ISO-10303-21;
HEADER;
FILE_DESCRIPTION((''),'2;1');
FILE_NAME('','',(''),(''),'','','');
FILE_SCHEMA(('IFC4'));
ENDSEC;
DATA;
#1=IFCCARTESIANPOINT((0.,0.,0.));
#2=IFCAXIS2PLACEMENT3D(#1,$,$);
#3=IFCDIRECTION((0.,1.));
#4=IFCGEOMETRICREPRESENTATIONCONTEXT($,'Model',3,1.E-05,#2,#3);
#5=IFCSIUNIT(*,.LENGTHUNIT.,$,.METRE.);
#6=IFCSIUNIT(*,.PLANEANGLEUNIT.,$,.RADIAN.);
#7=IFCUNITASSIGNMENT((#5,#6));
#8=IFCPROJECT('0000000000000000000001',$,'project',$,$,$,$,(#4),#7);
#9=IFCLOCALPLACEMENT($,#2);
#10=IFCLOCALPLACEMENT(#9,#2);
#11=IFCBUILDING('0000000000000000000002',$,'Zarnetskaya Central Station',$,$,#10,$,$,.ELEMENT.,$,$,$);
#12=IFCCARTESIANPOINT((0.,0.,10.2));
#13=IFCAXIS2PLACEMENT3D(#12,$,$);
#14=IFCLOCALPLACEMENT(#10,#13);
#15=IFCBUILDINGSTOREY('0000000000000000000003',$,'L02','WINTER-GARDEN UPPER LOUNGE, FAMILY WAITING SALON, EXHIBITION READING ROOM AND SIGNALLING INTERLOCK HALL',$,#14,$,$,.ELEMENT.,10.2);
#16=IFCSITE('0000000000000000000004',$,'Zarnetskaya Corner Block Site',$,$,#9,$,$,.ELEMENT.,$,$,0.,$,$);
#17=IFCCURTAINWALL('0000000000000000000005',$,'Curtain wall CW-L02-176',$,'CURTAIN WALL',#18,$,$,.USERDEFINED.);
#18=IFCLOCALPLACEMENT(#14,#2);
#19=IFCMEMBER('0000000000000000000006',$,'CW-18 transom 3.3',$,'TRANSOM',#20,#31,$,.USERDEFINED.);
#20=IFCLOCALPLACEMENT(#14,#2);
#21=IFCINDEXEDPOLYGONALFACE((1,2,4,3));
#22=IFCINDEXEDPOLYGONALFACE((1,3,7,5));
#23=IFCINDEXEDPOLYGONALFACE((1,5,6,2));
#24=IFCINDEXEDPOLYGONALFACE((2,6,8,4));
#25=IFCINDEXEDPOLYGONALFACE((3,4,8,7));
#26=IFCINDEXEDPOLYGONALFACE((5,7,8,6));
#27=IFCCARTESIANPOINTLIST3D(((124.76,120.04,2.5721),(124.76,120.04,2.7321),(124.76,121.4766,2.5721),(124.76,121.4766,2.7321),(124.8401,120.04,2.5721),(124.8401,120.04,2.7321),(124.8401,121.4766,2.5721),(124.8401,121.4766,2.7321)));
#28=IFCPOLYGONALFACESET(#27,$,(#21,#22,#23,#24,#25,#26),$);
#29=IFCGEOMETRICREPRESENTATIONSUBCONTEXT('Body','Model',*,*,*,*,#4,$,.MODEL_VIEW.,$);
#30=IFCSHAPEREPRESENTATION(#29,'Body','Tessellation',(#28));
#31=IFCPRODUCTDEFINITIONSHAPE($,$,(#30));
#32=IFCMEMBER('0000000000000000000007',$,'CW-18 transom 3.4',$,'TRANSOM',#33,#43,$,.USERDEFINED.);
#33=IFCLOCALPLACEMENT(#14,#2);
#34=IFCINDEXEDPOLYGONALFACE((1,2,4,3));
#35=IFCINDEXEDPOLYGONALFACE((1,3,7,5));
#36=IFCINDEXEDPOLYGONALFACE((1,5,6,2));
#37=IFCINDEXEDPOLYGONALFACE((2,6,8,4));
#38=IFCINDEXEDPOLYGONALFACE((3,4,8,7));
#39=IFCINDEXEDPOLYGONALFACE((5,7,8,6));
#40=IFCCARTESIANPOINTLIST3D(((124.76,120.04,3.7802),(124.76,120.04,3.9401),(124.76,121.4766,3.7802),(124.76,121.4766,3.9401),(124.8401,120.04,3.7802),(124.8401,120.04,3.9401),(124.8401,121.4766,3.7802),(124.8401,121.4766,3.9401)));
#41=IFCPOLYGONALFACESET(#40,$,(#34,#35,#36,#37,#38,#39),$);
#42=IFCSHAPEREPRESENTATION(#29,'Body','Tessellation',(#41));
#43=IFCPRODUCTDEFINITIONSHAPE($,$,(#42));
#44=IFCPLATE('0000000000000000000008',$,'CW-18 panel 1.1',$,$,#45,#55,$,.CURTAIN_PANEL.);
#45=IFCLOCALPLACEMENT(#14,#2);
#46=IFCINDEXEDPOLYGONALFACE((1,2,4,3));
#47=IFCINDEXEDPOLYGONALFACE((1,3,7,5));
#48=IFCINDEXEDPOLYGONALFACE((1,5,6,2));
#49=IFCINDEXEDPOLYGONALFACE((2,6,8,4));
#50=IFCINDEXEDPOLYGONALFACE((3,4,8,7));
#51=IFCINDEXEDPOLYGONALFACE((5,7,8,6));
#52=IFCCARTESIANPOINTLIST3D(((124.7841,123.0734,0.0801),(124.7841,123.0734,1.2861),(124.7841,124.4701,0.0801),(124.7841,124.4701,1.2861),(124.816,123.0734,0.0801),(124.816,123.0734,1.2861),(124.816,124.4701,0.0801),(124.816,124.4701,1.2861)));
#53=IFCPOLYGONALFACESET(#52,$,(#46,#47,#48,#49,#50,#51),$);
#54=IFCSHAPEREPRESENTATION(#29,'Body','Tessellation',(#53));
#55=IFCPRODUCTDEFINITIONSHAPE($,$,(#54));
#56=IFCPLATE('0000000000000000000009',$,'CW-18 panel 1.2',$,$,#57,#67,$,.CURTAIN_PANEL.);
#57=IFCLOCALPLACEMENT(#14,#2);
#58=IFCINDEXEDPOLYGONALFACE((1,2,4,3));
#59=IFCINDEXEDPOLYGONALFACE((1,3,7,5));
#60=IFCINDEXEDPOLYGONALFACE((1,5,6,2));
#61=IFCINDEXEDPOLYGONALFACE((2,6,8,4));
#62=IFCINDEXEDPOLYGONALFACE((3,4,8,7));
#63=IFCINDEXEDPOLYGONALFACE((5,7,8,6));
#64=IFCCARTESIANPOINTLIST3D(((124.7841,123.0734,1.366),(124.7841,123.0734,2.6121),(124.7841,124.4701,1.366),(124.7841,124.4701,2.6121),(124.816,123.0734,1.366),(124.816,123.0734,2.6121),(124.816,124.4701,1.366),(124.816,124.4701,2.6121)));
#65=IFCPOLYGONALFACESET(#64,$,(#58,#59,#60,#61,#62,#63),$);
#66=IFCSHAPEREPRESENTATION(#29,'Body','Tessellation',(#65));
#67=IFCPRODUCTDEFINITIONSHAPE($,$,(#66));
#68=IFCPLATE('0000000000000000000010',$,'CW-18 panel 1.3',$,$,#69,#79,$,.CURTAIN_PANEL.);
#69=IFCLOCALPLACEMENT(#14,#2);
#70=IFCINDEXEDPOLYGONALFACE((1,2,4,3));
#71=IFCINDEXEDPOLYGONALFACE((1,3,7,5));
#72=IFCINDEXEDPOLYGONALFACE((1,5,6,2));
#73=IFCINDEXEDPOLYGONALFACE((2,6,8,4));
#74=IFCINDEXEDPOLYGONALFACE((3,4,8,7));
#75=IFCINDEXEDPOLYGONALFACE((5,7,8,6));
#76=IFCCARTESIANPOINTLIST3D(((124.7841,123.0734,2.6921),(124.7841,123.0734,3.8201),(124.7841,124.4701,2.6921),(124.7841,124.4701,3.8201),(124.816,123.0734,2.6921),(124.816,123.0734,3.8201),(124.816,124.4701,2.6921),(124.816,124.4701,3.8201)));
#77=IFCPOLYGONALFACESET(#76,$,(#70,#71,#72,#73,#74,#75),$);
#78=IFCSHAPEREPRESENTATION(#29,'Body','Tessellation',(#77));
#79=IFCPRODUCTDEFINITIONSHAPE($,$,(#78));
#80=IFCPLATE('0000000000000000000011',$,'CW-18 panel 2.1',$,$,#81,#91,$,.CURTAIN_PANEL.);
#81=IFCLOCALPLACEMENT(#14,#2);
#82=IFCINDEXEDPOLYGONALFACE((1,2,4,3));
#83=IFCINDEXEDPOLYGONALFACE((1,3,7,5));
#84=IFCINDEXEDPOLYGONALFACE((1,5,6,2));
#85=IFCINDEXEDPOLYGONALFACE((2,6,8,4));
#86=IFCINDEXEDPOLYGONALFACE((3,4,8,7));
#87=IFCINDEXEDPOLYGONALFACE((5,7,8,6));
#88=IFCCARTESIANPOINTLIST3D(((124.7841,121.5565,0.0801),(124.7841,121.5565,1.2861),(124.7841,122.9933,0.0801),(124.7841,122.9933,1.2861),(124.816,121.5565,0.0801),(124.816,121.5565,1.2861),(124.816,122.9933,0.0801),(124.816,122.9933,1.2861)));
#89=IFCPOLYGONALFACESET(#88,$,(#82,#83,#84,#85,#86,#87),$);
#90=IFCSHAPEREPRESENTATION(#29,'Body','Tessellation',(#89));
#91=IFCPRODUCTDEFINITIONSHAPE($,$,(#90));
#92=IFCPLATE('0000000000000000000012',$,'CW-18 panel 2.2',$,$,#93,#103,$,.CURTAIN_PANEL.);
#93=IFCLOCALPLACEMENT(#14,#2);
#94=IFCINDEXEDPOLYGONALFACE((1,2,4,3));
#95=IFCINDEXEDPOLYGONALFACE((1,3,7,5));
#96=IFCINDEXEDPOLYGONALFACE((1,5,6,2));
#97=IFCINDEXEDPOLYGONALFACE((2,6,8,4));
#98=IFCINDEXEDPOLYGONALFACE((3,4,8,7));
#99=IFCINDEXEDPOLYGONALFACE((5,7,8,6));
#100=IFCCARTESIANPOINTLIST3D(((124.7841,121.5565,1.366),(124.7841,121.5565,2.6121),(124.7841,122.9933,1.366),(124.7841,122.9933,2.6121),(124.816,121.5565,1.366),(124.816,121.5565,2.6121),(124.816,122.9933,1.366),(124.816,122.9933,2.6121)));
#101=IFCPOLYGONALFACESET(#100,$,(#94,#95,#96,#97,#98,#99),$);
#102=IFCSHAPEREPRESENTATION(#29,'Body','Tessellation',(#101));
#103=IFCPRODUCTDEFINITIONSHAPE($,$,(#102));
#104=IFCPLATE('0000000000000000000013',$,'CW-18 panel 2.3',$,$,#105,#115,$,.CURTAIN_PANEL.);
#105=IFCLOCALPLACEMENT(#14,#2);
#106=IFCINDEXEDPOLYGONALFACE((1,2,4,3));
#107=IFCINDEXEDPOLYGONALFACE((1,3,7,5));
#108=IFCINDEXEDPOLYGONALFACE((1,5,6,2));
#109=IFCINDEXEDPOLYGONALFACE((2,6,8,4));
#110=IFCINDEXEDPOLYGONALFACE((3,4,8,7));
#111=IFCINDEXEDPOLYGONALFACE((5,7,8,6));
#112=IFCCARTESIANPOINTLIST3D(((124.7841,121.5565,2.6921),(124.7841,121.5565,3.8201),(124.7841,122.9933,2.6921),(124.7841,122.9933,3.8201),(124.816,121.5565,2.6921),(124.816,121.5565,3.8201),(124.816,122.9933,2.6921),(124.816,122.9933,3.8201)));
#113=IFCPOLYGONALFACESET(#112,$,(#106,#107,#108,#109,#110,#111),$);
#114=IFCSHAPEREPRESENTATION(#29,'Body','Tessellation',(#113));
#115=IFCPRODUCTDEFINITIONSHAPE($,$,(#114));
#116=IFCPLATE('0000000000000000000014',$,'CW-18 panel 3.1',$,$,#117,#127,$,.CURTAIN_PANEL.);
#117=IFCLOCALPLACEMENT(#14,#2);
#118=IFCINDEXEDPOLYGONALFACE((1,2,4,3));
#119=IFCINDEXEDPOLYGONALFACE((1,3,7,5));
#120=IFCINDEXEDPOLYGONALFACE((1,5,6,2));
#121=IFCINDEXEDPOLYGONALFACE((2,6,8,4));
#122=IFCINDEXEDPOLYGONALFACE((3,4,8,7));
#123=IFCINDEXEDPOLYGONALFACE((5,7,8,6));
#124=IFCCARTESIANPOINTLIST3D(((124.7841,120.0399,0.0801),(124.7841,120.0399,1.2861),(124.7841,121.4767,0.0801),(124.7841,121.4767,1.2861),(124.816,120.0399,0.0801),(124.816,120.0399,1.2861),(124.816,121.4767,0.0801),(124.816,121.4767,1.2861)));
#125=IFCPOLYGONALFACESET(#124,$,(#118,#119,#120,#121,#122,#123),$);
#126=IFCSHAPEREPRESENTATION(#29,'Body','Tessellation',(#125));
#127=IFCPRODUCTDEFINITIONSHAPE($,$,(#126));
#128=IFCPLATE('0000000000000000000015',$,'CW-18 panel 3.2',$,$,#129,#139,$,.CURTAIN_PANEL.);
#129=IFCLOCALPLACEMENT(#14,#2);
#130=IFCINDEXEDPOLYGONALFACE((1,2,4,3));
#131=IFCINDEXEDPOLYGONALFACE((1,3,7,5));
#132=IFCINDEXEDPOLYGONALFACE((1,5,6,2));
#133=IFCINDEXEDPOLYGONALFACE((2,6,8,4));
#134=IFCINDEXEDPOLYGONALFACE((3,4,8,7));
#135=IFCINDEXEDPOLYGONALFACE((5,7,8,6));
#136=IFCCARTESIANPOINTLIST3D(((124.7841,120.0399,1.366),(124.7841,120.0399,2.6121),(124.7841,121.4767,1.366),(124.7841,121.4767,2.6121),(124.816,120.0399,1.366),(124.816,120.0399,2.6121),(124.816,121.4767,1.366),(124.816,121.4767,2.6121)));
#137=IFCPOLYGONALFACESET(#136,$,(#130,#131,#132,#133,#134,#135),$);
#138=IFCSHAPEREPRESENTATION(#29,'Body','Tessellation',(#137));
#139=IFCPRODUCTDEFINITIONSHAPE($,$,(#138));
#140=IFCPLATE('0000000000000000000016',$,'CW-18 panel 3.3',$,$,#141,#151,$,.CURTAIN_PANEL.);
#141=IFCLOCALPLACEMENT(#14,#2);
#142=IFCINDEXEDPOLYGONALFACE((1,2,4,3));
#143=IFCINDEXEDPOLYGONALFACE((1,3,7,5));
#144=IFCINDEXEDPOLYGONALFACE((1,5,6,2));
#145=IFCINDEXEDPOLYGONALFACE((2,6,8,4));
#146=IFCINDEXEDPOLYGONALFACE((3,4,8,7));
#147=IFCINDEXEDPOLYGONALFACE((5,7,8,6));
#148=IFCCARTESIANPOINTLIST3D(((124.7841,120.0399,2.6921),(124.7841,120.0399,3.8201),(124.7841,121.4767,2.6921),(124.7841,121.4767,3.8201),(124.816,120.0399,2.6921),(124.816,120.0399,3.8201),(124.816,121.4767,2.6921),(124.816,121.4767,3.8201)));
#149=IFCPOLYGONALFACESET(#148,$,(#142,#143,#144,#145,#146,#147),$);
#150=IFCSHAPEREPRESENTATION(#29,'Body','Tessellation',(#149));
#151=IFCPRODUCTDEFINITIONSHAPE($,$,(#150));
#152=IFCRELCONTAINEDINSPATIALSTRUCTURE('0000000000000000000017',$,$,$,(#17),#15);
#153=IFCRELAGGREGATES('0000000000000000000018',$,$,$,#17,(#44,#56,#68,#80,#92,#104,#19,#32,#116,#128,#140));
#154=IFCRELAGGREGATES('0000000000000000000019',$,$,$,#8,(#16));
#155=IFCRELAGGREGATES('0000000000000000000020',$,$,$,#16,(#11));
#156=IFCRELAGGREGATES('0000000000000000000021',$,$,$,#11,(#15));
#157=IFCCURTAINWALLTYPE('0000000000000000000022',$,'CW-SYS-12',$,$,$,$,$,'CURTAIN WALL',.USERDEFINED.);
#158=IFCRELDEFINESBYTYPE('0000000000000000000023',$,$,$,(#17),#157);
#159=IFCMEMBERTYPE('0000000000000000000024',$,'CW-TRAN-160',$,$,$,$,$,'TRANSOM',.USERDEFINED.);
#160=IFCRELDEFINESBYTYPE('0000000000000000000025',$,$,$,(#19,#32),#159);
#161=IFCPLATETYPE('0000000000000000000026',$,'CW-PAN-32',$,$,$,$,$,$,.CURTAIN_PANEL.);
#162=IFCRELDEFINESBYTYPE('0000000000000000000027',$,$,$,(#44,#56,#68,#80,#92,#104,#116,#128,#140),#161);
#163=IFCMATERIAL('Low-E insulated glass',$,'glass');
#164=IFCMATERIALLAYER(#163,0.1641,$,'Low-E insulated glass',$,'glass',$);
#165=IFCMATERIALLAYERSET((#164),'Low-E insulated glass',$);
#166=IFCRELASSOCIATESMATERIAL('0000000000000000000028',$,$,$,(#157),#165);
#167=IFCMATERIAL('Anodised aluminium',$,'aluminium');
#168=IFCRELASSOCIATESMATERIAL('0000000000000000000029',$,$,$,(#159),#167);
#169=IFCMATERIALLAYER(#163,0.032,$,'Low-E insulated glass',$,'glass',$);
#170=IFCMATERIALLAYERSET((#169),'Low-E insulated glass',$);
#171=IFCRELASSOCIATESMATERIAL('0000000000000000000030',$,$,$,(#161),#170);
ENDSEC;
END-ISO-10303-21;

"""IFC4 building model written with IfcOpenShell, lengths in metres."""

from ifc_helpers import new_model, si_unit, direction, frame, origin, origin_2d, place, context, subcontext, project, spatial, rectangle, extrude, material, layer, layer_set, material_profile, profile_set, type_object, element, aggregate, save


model = new_model("IFC4")

# Units and contexts
model_context = context("Model", 3, precision=1e-05, world=origin(), true_north=direction((0.0, 1.0)))
body_context = subcontext(model_context, "Body", "Model", "MODEL_VIEW")
ifc_project = project(units=[si_unit("LENGTHUNIT", "METRE"), si_unit("PLANEANGLEUNIT", "RADIAN")], contexts=[model_context])

# Site, building, storey
site_placement = place(None, origin())
site = spatial("IfcSite", under=ifc_project, at=site_placement, Name="Zarnetskaya Corner Block Site", CompositionType="ELEMENT", RefElevation=0.0)
building_placement = place(site_placement, origin())
building = spatial("IfcBuilding", under=site, at=building_placement, Name="Zarnetskaya Central Station", CompositionType="ELEMENT")
storey_placement = place(building_placement, frame((0.0, 0.0, 10.2)))
storey = spatial("IfcBuildingStorey", under=building, at=storey_placement, Name="L02", Description="WINTER-GARDEN UPPER LOUNGE, FAMILY WAITING SALON, EXHIBITION READING ROOM AND SIGNALLING INTERLOCK HALL", CompositionType="ELEMENT", Elevation=10.2)

# Curtain wall, members, plates
ifc_material_1 = material(Name="Low-E insulated glass", Category="glass")
ifc_layer_1 = layer(ifc_material_1, 0.1641, Name="Low-E insulated glass", Category="glass")
ifc_layer_set_1 = layer_set([ifc_layer_1], Name="Low-E insulated glass")
curtain_wall_type = type_object("IfcCurtainWallType", Name="CW-SYS-12", ElementType="CURTAIN WALL", PredefinedType="USERDEFINED", material=ifc_layer_set_1)
curtain_wall_placement = place(storey_placement, origin())
curtain_wall = element("IfcCurtainWall", 1, at=curtain_wall_placement, inside=storey, type_object=curtain_wall_type, Name="Curtain wall CW-L02-176", ObjectType="CURTAIN WALL", PredefinedType="USERDEFINED")
ifc_material_2 = material(Name="Anodised aluminium", Category="aluminium")
ifc_material_profile_1 = material_profile(ifc_material_2, rectangle(XDim=0.0801, YDim=0.1599, at=origin_2d()), Name="ALU TRAN 80x160")
ifc_profile_set_1 = profile_set([ifc_material_profile_1], Name="Anodised aluminium")
member_type_1 = type_object("IfcMemberType", Name="CW-TRAN-160", ElementType="TRANSOM", PredefinedType="USERDEFINED", material=ifc_profile_set_1)
member_1_placement = place(storey_placement, frame((124.8, 121.4766, 2.6521), z_axis=(0.0, -1.0, 0.0), x_axis=(1.0, 0.0, 0.0)))
member_1 = element("IfcMember", 2, at=member_1_placement, type_object=member_type_1, Name="CW-18 transom 3.3", ObjectType="TRANSOM", PredefinedType="USERDEFINED", context=body_context, shape_type="SweptSolid", body=[
    extrude(rectangle(XDim=0.0801, YDim=0.1599, at=origin_2d()), origin(), (0.0, 0.0, 1.0), 1.4365),
])
member_2_placement = place(storey_placement, frame((124.8, 121.4766, 3.8601), z_axis=(0.0, -1.0, 0.0), x_axis=(1.0, 0.0, 0.0)))
member_2 = element("IfcMember", 3, at=member_2_placement, type_object=member_type_1, Name="CW-18 transom 3.4", ObjectType="TRANSOM", PredefinedType="USERDEFINED", context=body_context, shape_type="SweptSolid", body=[
    extrude(rectangle(XDim=0.0801, YDim=0.1599, at=origin_2d()), origin(), (0.0, 0.0, 1.0), 1.4365),
])
ifc_layer_2 = layer(ifc_material_1, 0.032, Name="Low-E insulated glass", Category="glass")
ifc_layer_set_2 = layer_set([ifc_layer_2], Name="Low-E insulated glass")
plate_type = type_object("IfcPlateType", Name="CW-PAN-32", PredefinedType="CURTAIN_PANEL", material=ifc_layer_set_2)
plate_1_placement = place(storey_placement, frame((124.8, 123.7717, 0.0801), z_axis=(0.0, 0.0, 1.0), x_axis=(0.0, -1.0, 0.0)))
plate_1 = element("IfcPlate", 4, at=plate_1_placement, type_object=plate_type, Name="CW-18 panel 1.1", PredefinedType="CURTAIN_PANEL", context=body_context, shape_type="SweptSolid", body=[
    extrude(rectangle(XDim=1.3967, YDim=0.032, at=origin_2d()), origin(), (0.0, 0.0, 1.0), 1.2061),
])
plate_2_placement = place(storey_placement, frame((124.8, 123.7717, 1.366), z_axis=(0.0, 0.0, 1.0), x_axis=(0.0, -1.0, 0.0)))
plate_2 = element("IfcPlate", 5, at=plate_2_placement, type_object=plate_type, Name="CW-18 panel 1.2", PredefinedType="CURTAIN_PANEL", context=body_context, shape_type="SweptSolid", body=[
    extrude(rectangle(XDim=1.3967, YDim=0.032, at=origin_2d()), origin(), (0.0, 0.0, 1.0), 1.2461),
])
plate_3_placement = place(storey_placement, frame((124.8, 123.7717, 2.6921), z_axis=(0.0, 0.0, 1.0), x_axis=(0.0, -1.0, 0.0)))
plate_3 = element("IfcPlate", 6, at=plate_3_placement, type_object=plate_type, Name="CW-18 panel 1.3", PredefinedType="CURTAIN_PANEL", context=body_context, shape_type="SweptSolid", body=[
    extrude(rectangle(XDim=1.3967, YDim=0.032, at=origin_2d()), origin(), (0.0, 0.0, 1.0), 1.1279),
])
plate_4_placement = place(storey_placement, frame((124.8, 122.2749, 0.0801), z_axis=(0.0, 0.0, 1.0), x_axis=(0.0, -1.0, 0.0)))
plate_4 = element("IfcPlate", 7, at=plate_4_placement, type_object=plate_type, Name="CW-18 panel 2.1", PredefinedType="CURTAIN_PANEL", context=body_context, shape_type="SweptSolid", body=[
    extrude(rectangle(XDim=1.4368, YDim=0.032, at=origin_2d()), origin(), (0.0, 0.0, 1.0), 1.2061),
])
plate_5_placement = place(storey_placement, frame((124.8, 122.2749, 1.366), z_axis=(0.0, 0.0, 1.0), x_axis=(0.0, -1.0, 0.0)))
plate_5 = element("IfcPlate", 8, at=plate_5_placement, type_object=plate_type, Name="CW-18 panel 2.2", PredefinedType="CURTAIN_PANEL", context=body_context, shape_type="SweptSolid", body=[
    extrude(rectangle(XDim=1.4368, YDim=0.032, at=origin_2d()), origin(), (0.0, 0.0, 1.0), 1.2461),
])
plate_6_placement = place(storey_placement, frame((124.8, 122.2749, 2.6921), z_axis=(0.0, 0.0, 1.0), x_axis=(0.0, -1.0, 0.0)))
plate_6 = element("IfcPlate", 9, at=plate_6_placement, type_object=plate_type, Name="CW-18 panel 2.3", PredefinedType="CURTAIN_PANEL", context=body_context, shape_type="SweptSolid", body=[
    extrude(rectangle(XDim=1.4368, YDim=0.032, at=origin_2d()), origin(), (0.0, 0.0, 1.0), 1.1279),
])
plate_7_placement = place(storey_placement, frame((124.8, 120.7583, 0.0801), z_axis=(0.0, 0.0, 1.0), x_axis=(0.0, -1.0, 0.0)))
plate_7 = element("IfcPlate", 10, at=plate_7_placement, type_object=plate_type, Name="CW-18 panel 3.1", PredefinedType="CURTAIN_PANEL", context=body_context, shape_type="SweptSolid", body=[
    extrude(rectangle(XDim=1.4368, YDim=0.032, at=origin_2d()), origin(), (0.0, 0.0, 1.0), 1.2061),
])
plate_8_placement = place(storey_placement, frame((124.8, 120.7583, 1.366), z_axis=(0.0, 0.0, 1.0), x_axis=(0.0, -1.0, 0.0)))
plate_8 = element("IfcPlate", 11, at=plate_8_placement, type_object=plate_type, Name="CW-18 panel 3.2", PredefinedType="CURTAIN_PANEL", context=body_context, shape_type="SweptSolid", body=[
    extrude(rectangle(XDim=1.4368, YDim=0.032, at=origin_2d()), origin(), (0.0, 0.0, 1.0), 1.2461),
])
plate_9_placement = place(storey_placement, frame((124.8, 120.7583, 2.6921), z_axis=(0.0, 0.0, 1.0), x_axis=(0.0, -1.0, 0.0)))
plate_9 = element("IfcPlate", 12, at=plate_9_placement, type_object=plate_type, Name="CW-18 panel 3.3", PredefinedType="CURTAIN_PANEL", context=body_context, shape_type="SweptSolid", body=[
    extrude(rectangle(XDim=1.4368, YDim=0.032, at=origin_2d()), origin(), (0.0, 0.0, 1.0), 1.1279),
])
aggregate(curtain_wall, [plate_1, plate_2, plate_3, plate_4, plate_5, plate_6, member_1, member_2, plate_7, plate_8, plate_9])

save(model, "model.ifc")
